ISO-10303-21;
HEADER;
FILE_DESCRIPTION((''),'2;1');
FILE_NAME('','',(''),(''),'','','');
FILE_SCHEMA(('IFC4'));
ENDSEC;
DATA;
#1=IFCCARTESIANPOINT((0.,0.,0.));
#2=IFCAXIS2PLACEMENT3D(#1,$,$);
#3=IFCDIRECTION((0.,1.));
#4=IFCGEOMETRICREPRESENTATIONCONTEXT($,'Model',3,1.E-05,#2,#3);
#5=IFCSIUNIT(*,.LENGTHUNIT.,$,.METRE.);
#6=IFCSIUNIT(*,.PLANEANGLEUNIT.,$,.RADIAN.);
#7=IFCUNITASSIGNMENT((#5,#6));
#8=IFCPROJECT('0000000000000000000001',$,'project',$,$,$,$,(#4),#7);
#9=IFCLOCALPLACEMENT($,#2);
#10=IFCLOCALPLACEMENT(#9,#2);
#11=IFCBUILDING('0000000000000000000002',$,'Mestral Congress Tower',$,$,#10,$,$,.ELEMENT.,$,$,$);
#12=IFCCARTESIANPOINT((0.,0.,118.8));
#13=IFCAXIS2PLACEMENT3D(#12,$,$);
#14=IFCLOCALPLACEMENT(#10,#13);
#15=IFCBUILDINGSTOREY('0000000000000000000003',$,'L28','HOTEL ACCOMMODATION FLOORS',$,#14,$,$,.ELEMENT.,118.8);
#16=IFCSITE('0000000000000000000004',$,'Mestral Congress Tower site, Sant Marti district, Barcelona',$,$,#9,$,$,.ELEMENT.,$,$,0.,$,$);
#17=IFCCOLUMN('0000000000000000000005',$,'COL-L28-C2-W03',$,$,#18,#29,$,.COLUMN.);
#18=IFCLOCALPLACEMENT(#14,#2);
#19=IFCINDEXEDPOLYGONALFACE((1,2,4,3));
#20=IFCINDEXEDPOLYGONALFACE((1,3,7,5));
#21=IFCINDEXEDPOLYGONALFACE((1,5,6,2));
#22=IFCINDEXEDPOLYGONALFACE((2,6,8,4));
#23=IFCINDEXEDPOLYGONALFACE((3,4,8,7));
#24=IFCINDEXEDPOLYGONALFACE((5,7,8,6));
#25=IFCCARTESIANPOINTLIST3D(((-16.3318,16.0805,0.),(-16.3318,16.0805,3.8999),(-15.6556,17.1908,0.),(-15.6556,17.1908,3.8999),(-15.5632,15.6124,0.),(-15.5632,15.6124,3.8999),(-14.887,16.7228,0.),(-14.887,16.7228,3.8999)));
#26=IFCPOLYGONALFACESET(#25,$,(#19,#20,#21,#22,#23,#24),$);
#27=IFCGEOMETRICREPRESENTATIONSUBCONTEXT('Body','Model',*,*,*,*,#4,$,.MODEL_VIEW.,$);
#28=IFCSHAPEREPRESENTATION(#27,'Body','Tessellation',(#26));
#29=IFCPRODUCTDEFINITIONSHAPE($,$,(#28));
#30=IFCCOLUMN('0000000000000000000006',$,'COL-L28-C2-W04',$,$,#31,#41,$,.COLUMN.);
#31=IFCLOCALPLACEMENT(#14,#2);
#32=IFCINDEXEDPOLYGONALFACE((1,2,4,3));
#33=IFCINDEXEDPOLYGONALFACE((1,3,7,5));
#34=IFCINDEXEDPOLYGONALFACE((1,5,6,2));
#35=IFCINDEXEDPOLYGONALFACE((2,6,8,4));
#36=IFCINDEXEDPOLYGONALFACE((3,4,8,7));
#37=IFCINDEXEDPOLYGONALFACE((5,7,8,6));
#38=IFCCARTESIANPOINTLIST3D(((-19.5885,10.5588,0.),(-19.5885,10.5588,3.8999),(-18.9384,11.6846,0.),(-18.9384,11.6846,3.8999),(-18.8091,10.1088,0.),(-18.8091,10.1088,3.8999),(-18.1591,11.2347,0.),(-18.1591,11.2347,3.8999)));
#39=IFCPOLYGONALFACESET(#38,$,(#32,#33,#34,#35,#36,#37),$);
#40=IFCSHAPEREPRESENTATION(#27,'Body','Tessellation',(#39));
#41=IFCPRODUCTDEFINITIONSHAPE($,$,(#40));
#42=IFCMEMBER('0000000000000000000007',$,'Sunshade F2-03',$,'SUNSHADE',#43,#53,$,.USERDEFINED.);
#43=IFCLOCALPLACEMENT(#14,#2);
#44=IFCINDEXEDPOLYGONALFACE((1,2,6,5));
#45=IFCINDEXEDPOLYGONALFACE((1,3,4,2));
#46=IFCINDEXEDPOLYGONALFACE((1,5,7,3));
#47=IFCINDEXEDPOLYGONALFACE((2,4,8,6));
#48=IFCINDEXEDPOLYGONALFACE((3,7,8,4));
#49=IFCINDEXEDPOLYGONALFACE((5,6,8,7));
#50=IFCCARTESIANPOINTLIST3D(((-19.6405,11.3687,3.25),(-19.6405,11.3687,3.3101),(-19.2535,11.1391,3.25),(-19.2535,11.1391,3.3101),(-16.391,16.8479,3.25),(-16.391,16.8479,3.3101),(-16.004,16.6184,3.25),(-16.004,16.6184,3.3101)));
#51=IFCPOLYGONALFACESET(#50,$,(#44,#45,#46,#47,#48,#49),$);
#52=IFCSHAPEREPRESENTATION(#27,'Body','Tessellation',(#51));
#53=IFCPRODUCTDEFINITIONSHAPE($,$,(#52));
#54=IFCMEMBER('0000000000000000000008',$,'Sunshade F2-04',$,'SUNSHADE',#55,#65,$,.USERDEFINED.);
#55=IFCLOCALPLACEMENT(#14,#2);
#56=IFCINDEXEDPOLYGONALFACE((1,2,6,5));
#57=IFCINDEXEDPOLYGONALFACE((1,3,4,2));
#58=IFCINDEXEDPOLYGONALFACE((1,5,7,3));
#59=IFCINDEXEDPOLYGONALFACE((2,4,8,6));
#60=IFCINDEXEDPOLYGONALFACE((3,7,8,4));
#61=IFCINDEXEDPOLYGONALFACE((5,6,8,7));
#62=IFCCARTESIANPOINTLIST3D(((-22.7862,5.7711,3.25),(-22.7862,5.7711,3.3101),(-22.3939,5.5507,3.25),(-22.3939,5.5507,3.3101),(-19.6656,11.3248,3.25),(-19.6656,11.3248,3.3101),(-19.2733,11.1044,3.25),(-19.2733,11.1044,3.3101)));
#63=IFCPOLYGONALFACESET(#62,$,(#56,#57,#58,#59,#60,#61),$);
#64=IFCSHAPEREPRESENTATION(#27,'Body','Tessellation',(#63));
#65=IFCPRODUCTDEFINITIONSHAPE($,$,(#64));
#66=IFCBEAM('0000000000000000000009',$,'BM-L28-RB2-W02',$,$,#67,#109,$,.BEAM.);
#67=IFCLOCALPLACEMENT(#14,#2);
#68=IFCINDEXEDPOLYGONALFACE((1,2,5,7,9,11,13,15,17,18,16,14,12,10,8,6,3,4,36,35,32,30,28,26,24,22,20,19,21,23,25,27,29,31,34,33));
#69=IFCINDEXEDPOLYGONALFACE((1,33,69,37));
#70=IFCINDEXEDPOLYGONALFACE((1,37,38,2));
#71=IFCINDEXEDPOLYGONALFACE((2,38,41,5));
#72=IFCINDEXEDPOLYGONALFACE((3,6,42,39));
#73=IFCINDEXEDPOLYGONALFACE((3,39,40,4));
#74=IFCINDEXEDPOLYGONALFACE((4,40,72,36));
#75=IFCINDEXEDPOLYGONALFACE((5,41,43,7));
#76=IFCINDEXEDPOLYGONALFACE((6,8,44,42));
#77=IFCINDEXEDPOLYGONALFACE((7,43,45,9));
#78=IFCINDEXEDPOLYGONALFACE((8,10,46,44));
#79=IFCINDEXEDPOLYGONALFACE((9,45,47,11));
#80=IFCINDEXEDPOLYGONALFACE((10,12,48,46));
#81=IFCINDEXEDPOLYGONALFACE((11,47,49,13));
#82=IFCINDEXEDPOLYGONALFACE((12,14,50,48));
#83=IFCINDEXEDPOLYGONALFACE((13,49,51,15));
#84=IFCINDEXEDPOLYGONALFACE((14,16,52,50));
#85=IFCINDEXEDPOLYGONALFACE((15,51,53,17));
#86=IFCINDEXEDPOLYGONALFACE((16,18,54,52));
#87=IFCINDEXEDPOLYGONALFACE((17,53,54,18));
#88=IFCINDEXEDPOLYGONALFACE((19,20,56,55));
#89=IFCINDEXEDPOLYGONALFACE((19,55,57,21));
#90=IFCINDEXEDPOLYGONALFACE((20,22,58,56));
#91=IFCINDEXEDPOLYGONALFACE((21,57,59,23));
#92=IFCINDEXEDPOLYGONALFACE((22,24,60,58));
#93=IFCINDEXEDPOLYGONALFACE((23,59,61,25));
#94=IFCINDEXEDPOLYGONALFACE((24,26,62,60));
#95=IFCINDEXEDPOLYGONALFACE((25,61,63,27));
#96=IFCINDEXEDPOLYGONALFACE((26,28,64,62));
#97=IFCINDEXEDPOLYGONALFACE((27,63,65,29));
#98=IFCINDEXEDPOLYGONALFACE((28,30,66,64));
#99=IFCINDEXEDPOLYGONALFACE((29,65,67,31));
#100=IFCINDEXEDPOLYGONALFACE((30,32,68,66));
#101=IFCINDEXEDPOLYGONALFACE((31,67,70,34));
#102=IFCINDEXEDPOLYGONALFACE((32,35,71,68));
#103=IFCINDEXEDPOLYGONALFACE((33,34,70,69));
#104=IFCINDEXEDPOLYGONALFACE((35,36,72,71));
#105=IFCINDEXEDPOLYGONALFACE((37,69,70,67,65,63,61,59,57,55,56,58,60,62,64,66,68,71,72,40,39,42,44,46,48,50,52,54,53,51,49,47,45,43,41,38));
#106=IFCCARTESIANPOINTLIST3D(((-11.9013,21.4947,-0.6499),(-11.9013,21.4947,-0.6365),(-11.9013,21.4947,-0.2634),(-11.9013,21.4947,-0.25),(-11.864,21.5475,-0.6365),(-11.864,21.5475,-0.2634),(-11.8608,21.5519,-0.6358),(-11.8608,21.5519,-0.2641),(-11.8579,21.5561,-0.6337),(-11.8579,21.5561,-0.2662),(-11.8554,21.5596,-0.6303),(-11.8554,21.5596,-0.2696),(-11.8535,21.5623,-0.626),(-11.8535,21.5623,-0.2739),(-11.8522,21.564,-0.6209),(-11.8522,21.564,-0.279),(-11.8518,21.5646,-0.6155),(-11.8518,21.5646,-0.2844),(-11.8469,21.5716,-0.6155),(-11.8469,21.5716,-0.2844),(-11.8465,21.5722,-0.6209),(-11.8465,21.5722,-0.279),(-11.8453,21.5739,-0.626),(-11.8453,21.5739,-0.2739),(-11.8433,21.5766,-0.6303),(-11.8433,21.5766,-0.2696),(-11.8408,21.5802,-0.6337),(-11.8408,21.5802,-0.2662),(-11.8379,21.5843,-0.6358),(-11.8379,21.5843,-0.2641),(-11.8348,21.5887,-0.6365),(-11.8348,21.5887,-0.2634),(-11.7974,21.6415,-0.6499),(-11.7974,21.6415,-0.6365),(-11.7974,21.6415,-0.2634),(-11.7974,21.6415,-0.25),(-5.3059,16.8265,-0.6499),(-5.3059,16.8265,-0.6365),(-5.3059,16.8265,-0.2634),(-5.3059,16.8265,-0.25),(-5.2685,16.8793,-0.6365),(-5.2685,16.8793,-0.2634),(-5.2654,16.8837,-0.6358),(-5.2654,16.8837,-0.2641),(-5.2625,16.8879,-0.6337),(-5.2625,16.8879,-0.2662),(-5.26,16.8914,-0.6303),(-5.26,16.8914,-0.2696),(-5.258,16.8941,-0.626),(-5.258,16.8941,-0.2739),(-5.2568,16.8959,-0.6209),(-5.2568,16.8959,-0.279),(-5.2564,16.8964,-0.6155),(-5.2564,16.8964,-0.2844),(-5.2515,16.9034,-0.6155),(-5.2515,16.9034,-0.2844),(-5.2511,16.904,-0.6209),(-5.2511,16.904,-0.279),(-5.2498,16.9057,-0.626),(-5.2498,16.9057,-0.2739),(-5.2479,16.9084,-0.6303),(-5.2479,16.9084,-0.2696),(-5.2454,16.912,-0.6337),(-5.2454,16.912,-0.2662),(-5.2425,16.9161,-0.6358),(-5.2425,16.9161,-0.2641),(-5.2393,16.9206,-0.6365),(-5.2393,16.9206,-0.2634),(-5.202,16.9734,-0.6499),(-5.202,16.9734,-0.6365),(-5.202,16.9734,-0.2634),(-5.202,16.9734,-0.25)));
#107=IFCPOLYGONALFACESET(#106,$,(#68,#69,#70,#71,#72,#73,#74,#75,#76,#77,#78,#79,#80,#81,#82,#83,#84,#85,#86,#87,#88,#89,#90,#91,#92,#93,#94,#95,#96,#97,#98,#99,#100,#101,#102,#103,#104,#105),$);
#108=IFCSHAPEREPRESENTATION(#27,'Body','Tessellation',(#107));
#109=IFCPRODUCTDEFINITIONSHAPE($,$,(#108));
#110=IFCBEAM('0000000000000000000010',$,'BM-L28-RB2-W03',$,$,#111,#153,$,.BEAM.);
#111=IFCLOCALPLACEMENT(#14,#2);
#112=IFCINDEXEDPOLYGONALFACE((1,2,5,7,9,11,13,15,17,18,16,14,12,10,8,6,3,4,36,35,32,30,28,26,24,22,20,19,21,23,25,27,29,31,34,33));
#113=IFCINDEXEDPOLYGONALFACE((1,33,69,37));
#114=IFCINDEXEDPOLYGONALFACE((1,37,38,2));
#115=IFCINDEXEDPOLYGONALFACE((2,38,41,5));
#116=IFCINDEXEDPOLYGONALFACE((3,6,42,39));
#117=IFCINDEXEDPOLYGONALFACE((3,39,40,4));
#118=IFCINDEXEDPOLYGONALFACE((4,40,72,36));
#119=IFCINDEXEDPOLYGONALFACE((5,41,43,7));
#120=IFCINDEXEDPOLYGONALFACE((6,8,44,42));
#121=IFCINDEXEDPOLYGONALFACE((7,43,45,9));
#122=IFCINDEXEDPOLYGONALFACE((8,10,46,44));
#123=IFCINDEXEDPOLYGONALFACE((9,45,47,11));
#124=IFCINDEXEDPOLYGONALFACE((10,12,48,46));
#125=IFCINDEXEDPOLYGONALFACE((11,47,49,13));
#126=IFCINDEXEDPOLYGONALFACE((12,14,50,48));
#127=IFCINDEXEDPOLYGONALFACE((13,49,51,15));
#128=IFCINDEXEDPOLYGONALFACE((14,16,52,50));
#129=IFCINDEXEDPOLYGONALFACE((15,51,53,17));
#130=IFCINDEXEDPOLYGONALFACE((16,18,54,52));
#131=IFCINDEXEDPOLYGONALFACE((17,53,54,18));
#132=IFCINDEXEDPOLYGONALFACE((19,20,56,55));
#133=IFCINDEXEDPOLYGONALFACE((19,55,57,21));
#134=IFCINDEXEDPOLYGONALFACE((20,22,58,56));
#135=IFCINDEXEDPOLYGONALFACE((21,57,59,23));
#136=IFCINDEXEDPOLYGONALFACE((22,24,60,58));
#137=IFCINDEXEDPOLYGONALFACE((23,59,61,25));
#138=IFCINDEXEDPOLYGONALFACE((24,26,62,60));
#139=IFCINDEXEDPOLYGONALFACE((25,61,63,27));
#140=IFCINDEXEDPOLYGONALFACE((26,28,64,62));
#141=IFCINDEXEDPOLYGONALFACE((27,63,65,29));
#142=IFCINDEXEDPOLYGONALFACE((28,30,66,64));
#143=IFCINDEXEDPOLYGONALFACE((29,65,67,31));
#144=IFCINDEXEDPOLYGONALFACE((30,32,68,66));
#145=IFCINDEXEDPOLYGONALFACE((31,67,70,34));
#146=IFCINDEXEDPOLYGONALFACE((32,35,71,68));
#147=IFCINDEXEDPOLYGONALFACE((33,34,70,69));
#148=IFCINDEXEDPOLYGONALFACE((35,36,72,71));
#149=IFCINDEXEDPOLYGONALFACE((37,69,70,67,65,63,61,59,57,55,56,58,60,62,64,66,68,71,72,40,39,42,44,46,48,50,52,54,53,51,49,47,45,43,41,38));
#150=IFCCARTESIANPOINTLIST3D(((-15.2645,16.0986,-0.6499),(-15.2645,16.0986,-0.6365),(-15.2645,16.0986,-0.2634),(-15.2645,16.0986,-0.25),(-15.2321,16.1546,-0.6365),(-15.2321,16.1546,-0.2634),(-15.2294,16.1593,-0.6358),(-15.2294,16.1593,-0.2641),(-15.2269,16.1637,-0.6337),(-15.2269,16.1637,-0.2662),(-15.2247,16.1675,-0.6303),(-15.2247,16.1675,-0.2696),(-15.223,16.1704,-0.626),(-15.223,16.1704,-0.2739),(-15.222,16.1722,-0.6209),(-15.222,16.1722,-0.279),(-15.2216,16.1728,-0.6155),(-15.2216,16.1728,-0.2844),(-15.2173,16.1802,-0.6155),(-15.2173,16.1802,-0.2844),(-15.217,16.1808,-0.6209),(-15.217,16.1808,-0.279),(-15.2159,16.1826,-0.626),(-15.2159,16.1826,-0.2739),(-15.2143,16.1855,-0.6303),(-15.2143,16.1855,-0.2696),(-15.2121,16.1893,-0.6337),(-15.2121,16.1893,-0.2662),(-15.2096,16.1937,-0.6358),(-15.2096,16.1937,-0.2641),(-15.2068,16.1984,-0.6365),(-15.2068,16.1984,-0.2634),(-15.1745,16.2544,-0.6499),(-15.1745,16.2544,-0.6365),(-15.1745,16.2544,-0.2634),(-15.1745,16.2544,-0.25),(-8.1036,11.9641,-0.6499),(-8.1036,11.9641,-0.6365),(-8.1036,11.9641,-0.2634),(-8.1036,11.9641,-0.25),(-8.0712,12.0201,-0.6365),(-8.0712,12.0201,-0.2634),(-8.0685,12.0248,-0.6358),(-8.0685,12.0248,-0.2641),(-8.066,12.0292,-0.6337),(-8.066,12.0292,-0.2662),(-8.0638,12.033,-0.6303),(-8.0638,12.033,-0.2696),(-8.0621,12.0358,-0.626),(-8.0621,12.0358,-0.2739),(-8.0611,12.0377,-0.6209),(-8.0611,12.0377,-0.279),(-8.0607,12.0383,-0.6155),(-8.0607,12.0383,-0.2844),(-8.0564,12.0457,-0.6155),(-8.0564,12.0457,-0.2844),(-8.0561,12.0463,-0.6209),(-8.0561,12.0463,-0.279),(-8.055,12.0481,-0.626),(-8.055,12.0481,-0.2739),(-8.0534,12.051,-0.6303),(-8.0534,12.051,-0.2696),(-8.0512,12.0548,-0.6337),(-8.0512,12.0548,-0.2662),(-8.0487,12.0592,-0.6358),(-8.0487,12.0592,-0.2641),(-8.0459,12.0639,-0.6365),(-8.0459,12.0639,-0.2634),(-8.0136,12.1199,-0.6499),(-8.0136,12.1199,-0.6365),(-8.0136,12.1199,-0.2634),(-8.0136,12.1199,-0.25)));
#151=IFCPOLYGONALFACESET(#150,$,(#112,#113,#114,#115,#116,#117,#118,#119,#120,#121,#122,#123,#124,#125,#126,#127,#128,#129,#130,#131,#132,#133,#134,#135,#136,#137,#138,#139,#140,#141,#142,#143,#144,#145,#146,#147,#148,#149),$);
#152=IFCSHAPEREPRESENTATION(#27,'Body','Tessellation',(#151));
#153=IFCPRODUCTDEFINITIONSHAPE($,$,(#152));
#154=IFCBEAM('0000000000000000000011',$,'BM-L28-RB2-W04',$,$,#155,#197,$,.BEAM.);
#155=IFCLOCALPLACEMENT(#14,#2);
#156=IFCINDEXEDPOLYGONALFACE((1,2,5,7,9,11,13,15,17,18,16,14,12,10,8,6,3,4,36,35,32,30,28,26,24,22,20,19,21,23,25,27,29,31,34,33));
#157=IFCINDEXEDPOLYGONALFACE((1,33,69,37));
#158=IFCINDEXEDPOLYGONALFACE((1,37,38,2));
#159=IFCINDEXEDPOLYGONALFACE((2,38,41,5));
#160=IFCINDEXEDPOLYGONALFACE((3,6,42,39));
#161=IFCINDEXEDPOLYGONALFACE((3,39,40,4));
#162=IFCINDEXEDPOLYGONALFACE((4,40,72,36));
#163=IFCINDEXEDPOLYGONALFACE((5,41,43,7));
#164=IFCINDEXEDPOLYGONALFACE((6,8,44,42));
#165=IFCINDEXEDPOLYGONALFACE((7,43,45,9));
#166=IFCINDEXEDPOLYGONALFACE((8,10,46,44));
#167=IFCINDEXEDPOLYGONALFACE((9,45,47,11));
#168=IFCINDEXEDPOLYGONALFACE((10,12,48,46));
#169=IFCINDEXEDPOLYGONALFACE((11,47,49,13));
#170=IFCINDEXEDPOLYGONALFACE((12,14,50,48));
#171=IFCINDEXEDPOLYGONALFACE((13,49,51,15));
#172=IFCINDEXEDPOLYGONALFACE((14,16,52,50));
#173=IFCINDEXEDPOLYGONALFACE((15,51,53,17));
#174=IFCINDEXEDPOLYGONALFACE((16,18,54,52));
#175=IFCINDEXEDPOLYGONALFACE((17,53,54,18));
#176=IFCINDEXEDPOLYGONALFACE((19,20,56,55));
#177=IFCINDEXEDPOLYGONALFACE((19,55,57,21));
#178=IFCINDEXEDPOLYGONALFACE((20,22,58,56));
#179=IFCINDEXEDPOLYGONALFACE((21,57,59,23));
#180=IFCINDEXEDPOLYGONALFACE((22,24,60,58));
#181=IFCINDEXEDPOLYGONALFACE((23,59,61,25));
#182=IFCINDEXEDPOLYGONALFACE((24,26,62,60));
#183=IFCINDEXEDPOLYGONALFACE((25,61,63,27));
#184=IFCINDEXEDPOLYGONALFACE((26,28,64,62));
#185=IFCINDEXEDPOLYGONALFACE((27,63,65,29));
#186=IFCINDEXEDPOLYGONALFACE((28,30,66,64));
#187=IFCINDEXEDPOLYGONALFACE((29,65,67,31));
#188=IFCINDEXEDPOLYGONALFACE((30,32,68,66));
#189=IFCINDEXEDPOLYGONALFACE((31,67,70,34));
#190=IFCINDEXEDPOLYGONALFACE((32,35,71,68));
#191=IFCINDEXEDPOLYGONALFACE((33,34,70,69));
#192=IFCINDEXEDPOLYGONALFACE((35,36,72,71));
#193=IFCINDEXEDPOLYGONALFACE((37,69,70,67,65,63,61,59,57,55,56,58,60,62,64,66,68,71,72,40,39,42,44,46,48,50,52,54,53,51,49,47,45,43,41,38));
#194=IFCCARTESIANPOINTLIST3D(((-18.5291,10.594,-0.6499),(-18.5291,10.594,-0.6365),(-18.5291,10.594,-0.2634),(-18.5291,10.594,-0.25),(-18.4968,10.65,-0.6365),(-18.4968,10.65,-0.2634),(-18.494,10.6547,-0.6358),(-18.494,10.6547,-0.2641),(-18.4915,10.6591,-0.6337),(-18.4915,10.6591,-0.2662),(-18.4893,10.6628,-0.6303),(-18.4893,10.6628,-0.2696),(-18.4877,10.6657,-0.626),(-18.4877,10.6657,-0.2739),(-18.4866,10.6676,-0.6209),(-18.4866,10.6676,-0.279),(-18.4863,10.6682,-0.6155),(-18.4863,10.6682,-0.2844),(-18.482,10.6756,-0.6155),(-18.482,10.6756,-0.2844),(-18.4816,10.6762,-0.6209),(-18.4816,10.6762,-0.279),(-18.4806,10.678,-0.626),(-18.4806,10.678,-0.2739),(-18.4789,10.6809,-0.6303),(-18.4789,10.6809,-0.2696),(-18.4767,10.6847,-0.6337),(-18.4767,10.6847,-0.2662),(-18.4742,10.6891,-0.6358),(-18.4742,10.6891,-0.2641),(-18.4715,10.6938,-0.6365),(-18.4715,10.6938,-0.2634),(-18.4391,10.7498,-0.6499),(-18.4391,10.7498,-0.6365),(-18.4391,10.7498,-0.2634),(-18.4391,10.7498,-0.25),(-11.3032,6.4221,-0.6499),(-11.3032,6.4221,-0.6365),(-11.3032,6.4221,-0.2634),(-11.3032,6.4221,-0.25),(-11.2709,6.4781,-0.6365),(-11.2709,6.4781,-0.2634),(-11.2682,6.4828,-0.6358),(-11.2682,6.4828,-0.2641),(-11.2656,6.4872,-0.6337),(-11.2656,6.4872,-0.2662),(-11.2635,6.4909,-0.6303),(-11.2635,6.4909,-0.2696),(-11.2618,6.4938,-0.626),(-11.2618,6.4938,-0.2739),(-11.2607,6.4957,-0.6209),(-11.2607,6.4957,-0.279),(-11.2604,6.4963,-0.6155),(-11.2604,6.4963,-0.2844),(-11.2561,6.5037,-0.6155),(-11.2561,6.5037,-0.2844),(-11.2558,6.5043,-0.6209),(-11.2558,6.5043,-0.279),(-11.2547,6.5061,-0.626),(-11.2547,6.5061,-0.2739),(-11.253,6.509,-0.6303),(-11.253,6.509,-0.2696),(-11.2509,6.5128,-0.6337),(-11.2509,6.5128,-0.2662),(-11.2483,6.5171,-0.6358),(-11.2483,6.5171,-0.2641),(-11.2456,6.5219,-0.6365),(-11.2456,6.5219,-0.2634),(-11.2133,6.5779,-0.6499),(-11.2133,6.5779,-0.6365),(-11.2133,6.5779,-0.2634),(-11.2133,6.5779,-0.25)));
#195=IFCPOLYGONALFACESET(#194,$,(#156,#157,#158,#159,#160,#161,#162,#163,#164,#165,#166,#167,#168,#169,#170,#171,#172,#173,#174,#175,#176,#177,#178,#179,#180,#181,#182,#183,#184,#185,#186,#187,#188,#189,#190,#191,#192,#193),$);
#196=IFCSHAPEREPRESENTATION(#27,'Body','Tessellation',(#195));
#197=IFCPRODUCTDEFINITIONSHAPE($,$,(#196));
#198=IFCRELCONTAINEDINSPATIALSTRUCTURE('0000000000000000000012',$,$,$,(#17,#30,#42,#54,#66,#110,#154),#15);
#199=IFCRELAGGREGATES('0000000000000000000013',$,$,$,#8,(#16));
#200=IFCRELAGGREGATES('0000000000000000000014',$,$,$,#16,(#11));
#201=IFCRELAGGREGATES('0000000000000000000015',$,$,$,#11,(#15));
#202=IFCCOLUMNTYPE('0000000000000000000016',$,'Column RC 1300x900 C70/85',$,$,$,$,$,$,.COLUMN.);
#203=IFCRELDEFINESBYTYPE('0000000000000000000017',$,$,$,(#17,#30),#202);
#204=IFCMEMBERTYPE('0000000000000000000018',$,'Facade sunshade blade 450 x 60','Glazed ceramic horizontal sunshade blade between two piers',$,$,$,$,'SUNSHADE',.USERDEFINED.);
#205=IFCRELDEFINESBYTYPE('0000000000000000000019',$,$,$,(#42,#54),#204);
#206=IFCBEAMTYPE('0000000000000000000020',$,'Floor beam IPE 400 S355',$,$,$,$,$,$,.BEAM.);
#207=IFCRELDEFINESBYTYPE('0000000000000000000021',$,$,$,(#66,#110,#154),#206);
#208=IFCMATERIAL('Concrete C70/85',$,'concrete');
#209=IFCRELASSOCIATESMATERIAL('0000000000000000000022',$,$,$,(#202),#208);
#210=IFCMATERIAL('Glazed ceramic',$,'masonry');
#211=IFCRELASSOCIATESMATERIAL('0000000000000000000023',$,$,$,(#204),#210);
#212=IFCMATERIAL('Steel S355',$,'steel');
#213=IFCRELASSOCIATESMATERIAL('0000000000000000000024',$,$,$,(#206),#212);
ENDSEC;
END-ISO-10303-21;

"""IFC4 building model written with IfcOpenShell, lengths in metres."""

from ifc_helpers import new_model, si_unit, direction, frame, origin, origin_2d, place, context, subcontext, project, spatial, rectangle, i_section, extrude, material, material_profile, profile_set, type_object, element, save


model = new_model("IFC4")

# Units and contexts
model_context = context("Model", 3, precision=1e-05, world=origin(), true_north=direction((0.0, 1.0)))
body_context = subcontext(model_context, "Body", "Model", "MODEL_VIEW")
ifc_project = project(units=[si_unit("LENGTHUNIT", "METRE"), si_unit("PLANEANGLEUNIT", "RADIAN")], contexts=[model_context])

# Site, building, storey
site_placement = place(None, origin())
site = spatial("IfcSite", under=ifc_project, at=site_placement, Name="Mestral Congress Tower site, Sant Marti district, Barcelona", CompositionType="ELEMENT", RefElevation=0.0)
building_placement = place(site_placement, origin())
building = spatial("IfcBuilding", under=site, at=building_placement, Name="Mestral Congress Tower", CompositionType="ELEMENT")
storey_placement = place(building_placement, frame((0.0, 0.0, 118.8)))
storey = spatial("IfcBuildingStorey", under=building, at=storey_placement, Name="L28", Description="HOTEL ACCOMMODATION FLOORS", CompositionType="ELEMENT", Elevation=118.8)

# Columns
ifc_material_1 = material(Name="Concrete C70/85", Category="concrete")
ifc_material_profile_1 = material_profile(ifc_material_1, rectangle(XDim=1.3, YDim=0.8999, at=origin_2d()), Name="RC 1300x900")
ifc_profile_set_1 = profile_set([ifc_material_profile_1], Name="Concrete C70/85")
column_type = type_object("IfcColumnType", Name="Column RC 1300x900 C70/85", PredefinedType="COLUMN", material=ifc_profile_set_1)
for number, where, z_axis, x_axis, name in (
    (1, (-15.6094, 16.4016, 0.0), (0.0, 0.0, 1.0), (-0.520114, -0.854097, 0.0), "COL-L28-C2-W03"),
    (2, (-18.8738, 10.8967, 0.0), (0.0, 0.0, 1.0), (-0.5, -0.866025, 0.0), "COL-L28-C2-W04"),
):
    element("IfcColumn", number, at=place(storey_placement, frame(where, z_axis=z_axis, x_axis=x_axis)), inside=storey, type_object=column_type, Name=name, PredefinedType="COLUMN", context=body_context, shape_type="SweptSolid", body=[
        extrude(rectangle(XDim=1.3, YDim=0.8999, at=origin_2d()), origin(), (0.0, 0.0, 1.0), 3.8999),
    ])

# Members
ifc_material_2 = material(Name="Glazed ceramic", Category="masonry")
ifc_material_profile_2 = material_profile(ifc_material_2, rectangle(XDim=0.45, YDim=0.0601, at=origin_2d()), Name="Ceramic blade 450 x 60")
ifc_profile_set_2 = profile_set([ifc_material_profile_2], Name="Glazed ceramic")
member_type = type_object("IfcMemberType", Name="Facade sunshade blade 450 x 60", Description="Glazed ceramic horizontal sunshade blade between two piers", ElementType="SUNSHADE", PredefinedType="USERDEFINED", material=ifc_profile_set_2)
for number, where, z_axis, x_axis, name in (
    (3, (-16.1975, 16.7332, 3.28), (-0.510099, -0.860116, 0.0), (0.860116, -0.510099, 0.0), "Sunshade F2-03"),
    (4, (-19.4695, 11.2146, 3.28), (-0.489861, -0.871801, 0.0), (0.871801, -0.489861, 0.0), "Sunshade F2-04"),
):
    element("IfcMember", number, at=place(storey_placement, frame(where, z_axis=z_axis, x_axis=x_axis)), inside=storey, type_object=member_type, Name=name, ObjectType="SUNSHADE", PredefinedType="USERDEFINED", context=body_context, shape_type="SweptSolid", body=[
        extrude(rectangle(XDim=0.45, YDim=0.0601, at=origin_2d()), origin(), (0.0, 0.0, 1.0), 6.3704),
    ])

# Beams
ifc_material_3 = material(Name="Steel S355", Category="steel")
ifc_material_profile_3 = material_profile(ifc_material_3, i_section(OverallWidth=0.1799, OverallDepth=0.3999, WebThickness=0.0085, FlangeThickness=0.0134, FilletRadius=0.021, at=origin_2d()), Name="IPE 400")
ifc_profile_set_3 = profile_set([ifc_material_profile_3], Name="Steel S355")
beam_type_1 = type_object("IfcBeamType", Name="Floor beam IPE 400 S355", PredefinedType="BEAM", material=ifc_profile_set_3)
beam_1_placement = place(storey_placement, frame((-11.8494, 21.5681, -0.45), z_axis=(0.816233, -0.577723, 0.0), x_axis=(0.577723, 0.816233, 0.0)))
element("IfcBeam", 5, at=beam_1_placement, inside=storey, type_object=beam_type_1, Name="BM-L28-RB2-W02", PredefinedType="BEAM", context=body_context, shape_type="SweptSolid", body=[
    extrude(i_section(OverallWidth=0.1799, OverallDepth=0.3999, WebThickness=0.0085, FlangeThickness=0.0134, FilletRadius=0.021, at=origin_2d()), origin(), (0.0, 0.0, 1.0), 8.0803),
])
beam_2_placement = place(storey_placement, frame((-15.2195, 16.1765, -0.45), z_axis=(0.866016, -0.500016, 0.0), x_axis=(0.500016, 0.866016, 0.0)))
element("IfcBeam", 6, at=beam_2_placement, inside=storey, type_object=beam_type_1, Name="BM-L28-RB2-W03", PredefinedType="BEAM", context=body_context, shape_type="SweptSolid", body=[
    extrude(i_section(OverallWidth=0.1799, OverallDepth=0.3999, WebThickness=0.0085, FlangeThickness=0.0134, FilletRadius=0.021, at=origin_2d()), origin(), (0.0, 0.0, 1.0), 8.2688),
])
beam_3_placement = place(storey_placement, frame((-18.4841, 10.6719, -0.45), z_axis=(0.866023, -0.500004, 0.0), x_axis=(0.500004, 0.866023, 0.0)))
element("IfcBeam", 7, at=beam_3_placement, inside=storey, type_object=beam_type_1, Name="BM-L28-RB2-W04", PredefinedType="BEAM", context=body_context, shape_type="SweptSolid", body=[
    extrude(i_section(OverallWidth=0.1799, OverallDepth=0.3999, WebThickness=0.0085, FlangeThickness=0.0134, FilletRadius=0.021, at=origin_2d()), origin(), (0.0, 0.0, 1.0), 8.3438),
])

save(model, "model.ifc")
